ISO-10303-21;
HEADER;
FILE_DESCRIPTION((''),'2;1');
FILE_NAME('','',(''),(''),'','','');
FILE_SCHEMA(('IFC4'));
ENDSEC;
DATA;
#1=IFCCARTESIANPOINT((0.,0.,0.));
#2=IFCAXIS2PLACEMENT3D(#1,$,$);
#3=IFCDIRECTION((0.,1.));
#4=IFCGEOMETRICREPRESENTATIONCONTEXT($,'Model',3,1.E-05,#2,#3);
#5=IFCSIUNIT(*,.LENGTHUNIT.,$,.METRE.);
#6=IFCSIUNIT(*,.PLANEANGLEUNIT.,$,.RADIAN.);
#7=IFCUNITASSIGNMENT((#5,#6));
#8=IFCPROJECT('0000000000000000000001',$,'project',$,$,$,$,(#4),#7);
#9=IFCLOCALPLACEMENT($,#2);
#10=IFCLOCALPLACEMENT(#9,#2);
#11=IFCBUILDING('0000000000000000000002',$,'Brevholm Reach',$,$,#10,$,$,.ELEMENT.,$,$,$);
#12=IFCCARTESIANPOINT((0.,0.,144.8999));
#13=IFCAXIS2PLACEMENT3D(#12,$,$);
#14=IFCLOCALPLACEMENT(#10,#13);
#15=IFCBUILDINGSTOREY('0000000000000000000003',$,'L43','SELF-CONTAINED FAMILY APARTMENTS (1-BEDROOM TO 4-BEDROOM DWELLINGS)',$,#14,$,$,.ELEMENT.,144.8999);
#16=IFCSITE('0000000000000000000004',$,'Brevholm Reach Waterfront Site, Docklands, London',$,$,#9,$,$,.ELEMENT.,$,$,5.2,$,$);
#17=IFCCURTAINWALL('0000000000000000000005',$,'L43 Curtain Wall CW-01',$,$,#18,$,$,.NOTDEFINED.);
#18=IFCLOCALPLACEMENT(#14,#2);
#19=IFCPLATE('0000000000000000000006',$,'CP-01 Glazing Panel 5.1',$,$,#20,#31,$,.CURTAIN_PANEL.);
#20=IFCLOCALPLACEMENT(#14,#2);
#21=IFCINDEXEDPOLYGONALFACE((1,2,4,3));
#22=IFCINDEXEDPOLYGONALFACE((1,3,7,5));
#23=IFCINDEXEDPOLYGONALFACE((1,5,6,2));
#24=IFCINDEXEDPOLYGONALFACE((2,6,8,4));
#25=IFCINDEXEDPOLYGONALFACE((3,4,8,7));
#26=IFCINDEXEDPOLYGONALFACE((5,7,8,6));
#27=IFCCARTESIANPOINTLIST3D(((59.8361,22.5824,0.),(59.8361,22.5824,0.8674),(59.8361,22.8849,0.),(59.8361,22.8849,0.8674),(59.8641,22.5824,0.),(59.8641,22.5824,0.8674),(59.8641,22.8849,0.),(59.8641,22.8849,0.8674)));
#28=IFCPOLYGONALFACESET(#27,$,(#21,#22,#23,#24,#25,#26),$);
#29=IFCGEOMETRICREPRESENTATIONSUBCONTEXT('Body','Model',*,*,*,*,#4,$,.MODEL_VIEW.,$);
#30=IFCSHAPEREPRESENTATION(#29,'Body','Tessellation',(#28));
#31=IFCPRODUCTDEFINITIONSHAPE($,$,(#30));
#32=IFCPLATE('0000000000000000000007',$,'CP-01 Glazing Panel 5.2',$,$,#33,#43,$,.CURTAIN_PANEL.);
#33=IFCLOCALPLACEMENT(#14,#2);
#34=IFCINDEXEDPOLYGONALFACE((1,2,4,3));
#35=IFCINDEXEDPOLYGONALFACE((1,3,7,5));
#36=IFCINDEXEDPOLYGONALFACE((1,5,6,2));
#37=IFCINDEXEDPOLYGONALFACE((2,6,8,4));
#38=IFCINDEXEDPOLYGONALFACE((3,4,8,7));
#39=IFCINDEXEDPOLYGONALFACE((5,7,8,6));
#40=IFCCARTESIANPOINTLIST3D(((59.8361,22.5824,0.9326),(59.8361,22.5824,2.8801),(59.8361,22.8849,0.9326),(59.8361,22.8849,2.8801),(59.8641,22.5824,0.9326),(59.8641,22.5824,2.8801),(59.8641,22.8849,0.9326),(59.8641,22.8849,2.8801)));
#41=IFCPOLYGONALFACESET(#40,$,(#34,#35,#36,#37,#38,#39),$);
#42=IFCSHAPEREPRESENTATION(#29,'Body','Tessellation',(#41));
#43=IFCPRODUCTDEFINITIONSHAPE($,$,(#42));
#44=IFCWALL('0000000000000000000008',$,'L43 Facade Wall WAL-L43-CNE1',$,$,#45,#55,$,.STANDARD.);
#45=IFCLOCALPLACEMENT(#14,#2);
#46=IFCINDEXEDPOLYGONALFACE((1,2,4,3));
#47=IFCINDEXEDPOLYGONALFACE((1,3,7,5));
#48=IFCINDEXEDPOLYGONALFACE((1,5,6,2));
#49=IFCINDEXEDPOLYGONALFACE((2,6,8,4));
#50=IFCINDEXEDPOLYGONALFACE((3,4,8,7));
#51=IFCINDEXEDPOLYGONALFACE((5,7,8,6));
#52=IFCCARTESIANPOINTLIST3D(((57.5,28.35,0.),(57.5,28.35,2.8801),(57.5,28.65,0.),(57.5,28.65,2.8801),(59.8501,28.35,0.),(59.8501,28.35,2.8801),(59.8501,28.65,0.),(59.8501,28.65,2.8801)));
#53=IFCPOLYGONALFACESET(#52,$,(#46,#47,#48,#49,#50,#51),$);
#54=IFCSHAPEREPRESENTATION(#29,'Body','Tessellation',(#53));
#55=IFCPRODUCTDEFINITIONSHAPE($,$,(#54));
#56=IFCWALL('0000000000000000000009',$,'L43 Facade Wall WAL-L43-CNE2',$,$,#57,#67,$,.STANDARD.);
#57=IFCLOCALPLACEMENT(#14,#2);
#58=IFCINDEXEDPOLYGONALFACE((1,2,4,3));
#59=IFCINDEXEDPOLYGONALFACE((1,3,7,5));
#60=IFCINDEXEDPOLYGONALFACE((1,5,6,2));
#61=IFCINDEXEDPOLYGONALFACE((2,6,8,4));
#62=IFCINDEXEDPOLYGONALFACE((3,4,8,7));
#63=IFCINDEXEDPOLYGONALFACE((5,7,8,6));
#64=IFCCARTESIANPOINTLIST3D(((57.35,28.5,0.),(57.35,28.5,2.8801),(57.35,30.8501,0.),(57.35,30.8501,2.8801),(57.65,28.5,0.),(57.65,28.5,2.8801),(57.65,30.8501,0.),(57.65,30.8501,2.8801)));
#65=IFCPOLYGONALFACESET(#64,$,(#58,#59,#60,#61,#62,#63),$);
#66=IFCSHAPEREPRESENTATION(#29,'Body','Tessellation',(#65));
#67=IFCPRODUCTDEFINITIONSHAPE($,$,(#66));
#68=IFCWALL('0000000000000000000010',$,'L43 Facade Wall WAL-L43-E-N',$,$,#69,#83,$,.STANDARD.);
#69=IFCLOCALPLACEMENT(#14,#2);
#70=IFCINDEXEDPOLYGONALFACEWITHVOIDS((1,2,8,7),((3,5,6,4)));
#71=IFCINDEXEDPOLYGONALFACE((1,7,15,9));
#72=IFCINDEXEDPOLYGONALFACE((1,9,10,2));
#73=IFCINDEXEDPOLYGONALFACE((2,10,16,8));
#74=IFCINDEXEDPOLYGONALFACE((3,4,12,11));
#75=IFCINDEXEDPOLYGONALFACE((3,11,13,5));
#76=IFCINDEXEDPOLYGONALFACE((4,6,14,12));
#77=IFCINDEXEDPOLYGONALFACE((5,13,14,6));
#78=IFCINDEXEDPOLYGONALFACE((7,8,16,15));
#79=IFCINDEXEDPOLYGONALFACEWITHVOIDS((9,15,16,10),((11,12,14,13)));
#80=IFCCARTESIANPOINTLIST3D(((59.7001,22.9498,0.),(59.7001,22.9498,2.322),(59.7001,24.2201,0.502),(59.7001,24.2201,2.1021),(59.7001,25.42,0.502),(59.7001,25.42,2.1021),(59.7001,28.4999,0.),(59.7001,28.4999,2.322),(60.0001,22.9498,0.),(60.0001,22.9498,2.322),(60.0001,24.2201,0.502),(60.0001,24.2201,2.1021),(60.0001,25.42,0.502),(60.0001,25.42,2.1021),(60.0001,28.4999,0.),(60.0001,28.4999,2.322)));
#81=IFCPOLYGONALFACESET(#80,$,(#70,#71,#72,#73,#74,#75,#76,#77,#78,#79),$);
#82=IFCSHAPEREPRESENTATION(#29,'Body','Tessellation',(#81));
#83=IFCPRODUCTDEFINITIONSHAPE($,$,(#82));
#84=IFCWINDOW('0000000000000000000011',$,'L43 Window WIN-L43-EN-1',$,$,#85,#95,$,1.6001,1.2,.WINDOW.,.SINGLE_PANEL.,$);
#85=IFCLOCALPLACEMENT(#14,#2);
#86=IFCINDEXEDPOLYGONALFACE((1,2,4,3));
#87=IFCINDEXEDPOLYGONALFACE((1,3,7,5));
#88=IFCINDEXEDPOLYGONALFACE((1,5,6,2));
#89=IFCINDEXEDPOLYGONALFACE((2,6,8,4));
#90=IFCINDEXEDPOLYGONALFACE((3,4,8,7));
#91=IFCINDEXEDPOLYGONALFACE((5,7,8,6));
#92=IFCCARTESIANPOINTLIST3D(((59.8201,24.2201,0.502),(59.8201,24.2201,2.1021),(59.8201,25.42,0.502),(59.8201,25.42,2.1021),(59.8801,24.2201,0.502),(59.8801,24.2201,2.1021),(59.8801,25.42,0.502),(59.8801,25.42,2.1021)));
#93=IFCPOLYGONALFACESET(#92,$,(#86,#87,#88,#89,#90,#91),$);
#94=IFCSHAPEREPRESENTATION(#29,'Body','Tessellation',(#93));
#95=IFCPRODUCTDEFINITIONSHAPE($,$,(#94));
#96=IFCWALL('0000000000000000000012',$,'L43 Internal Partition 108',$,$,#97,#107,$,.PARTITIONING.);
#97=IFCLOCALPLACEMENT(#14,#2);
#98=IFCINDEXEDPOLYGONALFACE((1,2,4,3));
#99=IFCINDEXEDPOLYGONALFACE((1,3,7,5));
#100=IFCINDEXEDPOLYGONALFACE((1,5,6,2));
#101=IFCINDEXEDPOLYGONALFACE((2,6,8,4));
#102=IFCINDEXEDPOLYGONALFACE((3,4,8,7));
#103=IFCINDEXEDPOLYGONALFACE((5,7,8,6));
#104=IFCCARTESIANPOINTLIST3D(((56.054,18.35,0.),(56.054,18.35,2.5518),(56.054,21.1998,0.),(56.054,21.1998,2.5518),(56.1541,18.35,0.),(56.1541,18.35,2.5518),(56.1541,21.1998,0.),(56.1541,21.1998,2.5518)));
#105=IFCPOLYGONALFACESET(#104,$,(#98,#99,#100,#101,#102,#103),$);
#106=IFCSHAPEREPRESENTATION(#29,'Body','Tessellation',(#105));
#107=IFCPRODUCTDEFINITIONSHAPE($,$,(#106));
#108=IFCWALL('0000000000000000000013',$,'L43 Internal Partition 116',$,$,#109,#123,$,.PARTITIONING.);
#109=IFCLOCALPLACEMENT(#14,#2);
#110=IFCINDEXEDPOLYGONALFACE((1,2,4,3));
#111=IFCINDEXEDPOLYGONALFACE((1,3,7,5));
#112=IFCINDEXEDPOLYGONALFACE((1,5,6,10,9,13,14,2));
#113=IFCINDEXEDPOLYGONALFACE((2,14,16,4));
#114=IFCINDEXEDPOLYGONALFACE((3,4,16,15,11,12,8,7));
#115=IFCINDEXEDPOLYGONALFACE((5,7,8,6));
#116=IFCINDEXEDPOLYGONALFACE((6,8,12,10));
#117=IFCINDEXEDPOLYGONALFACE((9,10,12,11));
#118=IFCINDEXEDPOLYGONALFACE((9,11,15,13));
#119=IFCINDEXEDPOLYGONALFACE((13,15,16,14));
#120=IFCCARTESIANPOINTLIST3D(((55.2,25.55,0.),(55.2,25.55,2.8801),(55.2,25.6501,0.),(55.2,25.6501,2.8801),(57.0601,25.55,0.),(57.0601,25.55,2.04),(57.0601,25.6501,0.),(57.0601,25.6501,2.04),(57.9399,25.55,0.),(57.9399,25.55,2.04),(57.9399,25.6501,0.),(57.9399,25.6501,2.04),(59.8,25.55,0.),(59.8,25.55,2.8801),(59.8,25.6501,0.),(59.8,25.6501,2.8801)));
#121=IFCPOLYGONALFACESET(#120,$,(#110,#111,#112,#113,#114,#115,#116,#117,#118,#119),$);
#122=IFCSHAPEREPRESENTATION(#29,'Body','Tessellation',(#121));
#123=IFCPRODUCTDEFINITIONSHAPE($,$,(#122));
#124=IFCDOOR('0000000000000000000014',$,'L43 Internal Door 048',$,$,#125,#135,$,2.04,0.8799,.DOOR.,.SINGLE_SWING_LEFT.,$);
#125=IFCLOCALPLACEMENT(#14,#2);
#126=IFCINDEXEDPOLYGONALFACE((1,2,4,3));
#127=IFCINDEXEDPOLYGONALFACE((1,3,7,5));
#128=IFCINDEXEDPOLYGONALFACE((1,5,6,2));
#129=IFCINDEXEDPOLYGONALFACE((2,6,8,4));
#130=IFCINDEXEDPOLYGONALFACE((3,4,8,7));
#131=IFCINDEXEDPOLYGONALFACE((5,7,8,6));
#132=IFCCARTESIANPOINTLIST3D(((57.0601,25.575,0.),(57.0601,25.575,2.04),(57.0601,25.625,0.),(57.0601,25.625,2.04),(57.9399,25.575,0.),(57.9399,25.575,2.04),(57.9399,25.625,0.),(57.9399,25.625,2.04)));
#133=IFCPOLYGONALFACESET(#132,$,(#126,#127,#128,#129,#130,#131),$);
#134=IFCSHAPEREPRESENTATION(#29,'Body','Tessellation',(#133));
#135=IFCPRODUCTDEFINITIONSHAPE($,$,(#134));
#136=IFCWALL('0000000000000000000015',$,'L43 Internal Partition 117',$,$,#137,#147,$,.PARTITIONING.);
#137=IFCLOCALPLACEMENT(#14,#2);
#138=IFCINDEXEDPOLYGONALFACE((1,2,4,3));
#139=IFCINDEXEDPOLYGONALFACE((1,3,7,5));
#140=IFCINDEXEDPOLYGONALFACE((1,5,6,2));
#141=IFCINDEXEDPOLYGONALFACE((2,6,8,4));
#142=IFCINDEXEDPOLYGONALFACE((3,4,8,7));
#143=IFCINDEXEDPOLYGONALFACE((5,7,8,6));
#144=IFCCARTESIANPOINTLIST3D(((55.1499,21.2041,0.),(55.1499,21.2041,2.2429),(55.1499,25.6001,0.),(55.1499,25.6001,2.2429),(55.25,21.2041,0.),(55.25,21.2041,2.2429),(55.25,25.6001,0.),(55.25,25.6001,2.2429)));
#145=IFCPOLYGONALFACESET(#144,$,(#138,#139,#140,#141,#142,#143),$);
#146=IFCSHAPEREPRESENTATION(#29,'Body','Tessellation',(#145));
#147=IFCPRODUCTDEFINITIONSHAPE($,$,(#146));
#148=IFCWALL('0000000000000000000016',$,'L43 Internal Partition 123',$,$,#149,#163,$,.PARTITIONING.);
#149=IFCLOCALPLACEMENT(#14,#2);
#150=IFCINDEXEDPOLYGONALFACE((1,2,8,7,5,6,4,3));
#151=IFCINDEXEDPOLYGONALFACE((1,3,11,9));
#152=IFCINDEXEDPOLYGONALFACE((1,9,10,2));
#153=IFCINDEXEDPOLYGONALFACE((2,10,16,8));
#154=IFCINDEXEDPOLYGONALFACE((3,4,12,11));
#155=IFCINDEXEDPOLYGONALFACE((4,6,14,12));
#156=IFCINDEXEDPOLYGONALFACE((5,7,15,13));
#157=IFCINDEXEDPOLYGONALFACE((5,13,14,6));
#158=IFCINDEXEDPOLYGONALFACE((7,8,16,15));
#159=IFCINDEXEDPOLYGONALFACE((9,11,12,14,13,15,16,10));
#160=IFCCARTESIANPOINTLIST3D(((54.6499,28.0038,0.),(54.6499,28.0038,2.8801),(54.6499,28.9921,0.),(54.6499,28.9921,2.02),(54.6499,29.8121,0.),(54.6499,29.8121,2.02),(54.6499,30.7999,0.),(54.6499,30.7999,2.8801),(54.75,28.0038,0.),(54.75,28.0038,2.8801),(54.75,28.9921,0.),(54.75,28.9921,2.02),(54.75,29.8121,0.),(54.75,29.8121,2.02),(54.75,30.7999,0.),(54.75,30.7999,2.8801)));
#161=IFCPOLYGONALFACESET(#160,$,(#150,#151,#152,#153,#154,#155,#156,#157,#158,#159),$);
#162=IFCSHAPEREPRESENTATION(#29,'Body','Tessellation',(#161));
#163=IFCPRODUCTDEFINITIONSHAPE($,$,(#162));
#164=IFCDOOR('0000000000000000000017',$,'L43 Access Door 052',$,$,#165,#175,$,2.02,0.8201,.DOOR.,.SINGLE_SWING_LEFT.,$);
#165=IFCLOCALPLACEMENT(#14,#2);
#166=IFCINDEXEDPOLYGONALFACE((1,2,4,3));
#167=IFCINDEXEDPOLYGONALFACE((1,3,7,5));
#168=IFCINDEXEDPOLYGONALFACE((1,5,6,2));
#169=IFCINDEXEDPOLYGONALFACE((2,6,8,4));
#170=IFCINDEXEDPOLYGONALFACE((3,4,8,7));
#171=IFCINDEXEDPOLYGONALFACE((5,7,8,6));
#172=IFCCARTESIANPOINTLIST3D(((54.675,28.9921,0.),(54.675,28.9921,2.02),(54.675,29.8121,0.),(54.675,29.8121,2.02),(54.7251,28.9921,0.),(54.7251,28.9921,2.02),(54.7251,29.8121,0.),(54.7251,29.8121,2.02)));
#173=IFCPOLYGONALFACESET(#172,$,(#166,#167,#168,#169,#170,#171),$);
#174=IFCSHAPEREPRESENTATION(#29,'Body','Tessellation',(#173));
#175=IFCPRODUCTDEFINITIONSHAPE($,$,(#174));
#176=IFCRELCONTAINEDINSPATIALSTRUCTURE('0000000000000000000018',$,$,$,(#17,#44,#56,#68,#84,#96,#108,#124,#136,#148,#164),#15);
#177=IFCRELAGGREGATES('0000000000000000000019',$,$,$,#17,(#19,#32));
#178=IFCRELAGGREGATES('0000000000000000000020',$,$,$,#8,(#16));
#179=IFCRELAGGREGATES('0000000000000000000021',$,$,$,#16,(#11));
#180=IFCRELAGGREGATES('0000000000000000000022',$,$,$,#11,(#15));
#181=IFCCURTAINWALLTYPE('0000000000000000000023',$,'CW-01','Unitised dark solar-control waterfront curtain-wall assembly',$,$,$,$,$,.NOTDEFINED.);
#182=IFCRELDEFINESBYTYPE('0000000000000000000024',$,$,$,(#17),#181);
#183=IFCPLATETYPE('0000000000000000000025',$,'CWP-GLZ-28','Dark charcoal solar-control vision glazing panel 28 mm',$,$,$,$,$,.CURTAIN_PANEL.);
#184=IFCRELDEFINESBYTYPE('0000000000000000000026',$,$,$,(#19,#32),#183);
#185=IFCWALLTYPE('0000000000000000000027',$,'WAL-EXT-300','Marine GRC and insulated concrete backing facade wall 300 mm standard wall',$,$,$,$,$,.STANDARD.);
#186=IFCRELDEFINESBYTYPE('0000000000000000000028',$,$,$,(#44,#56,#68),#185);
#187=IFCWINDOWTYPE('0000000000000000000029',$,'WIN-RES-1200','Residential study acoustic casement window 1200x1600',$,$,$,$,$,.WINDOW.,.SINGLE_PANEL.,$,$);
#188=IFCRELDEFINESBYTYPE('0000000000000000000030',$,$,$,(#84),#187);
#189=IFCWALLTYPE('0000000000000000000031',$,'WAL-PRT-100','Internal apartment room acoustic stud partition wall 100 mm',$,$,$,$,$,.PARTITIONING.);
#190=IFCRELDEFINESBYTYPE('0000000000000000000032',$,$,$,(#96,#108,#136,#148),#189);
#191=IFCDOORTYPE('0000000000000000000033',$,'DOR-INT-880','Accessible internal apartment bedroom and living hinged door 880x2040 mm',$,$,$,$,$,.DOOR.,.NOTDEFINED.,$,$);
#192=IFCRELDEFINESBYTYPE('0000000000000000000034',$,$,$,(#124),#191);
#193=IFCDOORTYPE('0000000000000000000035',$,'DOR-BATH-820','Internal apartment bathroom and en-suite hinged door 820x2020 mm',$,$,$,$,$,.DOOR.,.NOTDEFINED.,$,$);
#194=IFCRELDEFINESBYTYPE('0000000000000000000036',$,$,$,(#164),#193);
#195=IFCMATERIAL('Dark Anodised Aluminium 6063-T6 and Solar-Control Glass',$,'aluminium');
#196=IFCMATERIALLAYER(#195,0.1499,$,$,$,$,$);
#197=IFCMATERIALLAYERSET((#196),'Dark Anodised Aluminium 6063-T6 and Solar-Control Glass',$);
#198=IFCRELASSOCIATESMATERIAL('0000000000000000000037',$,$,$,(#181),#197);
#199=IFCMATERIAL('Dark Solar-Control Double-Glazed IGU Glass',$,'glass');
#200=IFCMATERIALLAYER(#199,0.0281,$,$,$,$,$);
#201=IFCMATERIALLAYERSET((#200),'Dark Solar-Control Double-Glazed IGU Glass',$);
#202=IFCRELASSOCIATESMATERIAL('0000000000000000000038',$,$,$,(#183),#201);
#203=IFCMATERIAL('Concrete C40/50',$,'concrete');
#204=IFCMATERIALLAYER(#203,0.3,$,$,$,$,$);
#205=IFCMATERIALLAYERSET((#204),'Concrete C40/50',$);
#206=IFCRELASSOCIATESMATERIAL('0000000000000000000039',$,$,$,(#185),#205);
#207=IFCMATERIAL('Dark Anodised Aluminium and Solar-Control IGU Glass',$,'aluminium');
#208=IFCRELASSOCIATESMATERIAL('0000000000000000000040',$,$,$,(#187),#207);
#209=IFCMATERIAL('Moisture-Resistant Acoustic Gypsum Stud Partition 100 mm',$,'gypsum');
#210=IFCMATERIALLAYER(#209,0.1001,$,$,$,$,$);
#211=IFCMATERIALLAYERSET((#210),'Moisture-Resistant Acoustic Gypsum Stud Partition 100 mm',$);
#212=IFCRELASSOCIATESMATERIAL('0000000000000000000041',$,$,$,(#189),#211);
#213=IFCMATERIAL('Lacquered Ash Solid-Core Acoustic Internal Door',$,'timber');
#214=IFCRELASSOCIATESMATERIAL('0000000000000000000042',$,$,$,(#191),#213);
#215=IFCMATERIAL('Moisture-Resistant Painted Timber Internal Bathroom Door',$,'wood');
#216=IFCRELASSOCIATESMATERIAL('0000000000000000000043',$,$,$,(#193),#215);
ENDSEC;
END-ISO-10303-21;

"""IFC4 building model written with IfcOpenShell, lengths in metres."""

from ifc_helpers import new_model, si_unit, direction, frame, frame_2d, origin, origin_2d, place, context, subcontext, project, spatial, rectangle, extrude, material, layer, layer_set, type_object, element, fill, aggregate, save


model = new_model("IFC4")

# Units and contexts
model_context = context("Model", 3, precision=1e-05, world=origin(), true_north=direction((0.0, 1.0)))
body_context = subcontext(model_context, "Body", "Model", "MODEL_VIEW")
ifc_project = project(units=[si_unit("LENGTHUNIT", "METRE"), si_unit("PLANEANGLEUNIT", "RADIAN")], contexts=[model_context])

# Site, building, storey
site_placement = place(None, origin())
site = spatial("IfcSite", under=ifc_project, at=site_placement, Name="Brevholm Reach Waterfront Site, Docklands, London", CompositionType="ELEMENT", RefElevation=5.2)
building_placement = place(site_placement, origin())
building = spatial("IfcBuilding", under=site, at=building_placement, Name="Brevholm Reach", CompositionType="ELEMENT")
storey_placement = place(building_placement, frame((0.0, 0.0, 144.8999)))
storey = spatial("IfcBuildingStorey", under=building, at=storey_placement, Name="L43", Description="SELF-CONTAINED FAMILY APARTMENTS (1-BEDROOM TO 4-BEDROOM DWELLINGS)", CompositionType="ELEMENT", Elevation=144.8999)

# Curtain wall, plates
ifc_material_1 = material(Name="Dark Anodised Aluminium 6063-T6 and Solar-Control Glass", Category="aluminium")
ifc_layer_1 = layer(ifc_material_1, 0.1499)
ifc_layer_set_1 = layer_set([ifc_layer_1], Name="Dark Anodised Aluminium 6063-T6 and Solar-Control Glass")
curtain_wall_type = type_object("IfcCurtainWallType", Name="CW-01", Description="Unitised dark solar-control waterfront curtain-wall assembly", PredefinedType="NOTDEFINED", material=ifc_layer_set_1)
curtain_wall_placement = place(storey_placement, origin())
curtain_wall = element("IfcCurtainWall", 1, at=curtain_wall_placement, inside=storey, type_object=curtain_wall_type, Name="L43 Curtain Wall CW-01", PredefinedType="NOTDEFINED")
ifc_material_2 = material(Name="Dark Solar-Control Double-Glazed IGU Glass", Category="glass")
ifc_layer_2 = layer(ifc_material_2, 0.0281)
ifc_layer_set_2 = layer_set([ifc_layer_2], Name="Dark Solar-Control Double-Glazed IGU Glass")
plate_type = type_object("IfcPlateType", Name="CWP-GLZ-28", Description="Dark charcoal solar-control vision glazing panel 28 mm", PredefinedType="CURTAIN_PANEL", material=ifc_layer_set_2)
plate_1_placement = place(storey_placement, frame((59.8501, 22.7336, 0.0), z_axis=(0.0, 0.0, 1.0), x_axis=(0.0, 1.0, 0.0)))
plate_1 = element("IfcPlate", 2, at=plate_1_placement, type_object=plate_type, Name="CP-01 Glazing Panel 5.1", PredefinedType="CURTAIN_PANEL", context=body_context, shape_type="SweptSolid", body=[
    extrude(rectangle(XDim=0.3025, YDim=0.0281, at=origin_2d()), origin(), (0.0, 0.0, 1.0), 0.8674),
])
plate_2_placement = place(storey_placement, frame((59.8501, 22.7336, 0.9326), z_axis=(0.0, 0.0, 1.0), x_axis=(0.0, 1.0, 0.0)))
plate_2 = element("IfcPlate", 3, at=plate_2_placement, type_object=plate_type, Name="CP-01 Glazing Panel 5.2", PredefinedType="CURTAIN_PANEL", context=body_context, shape_type="SweptSolid", body=[
    extrude(rectangle(XDim=0.3025, YDim=0.0281, at=origin_2d()), origin(), (0.0, 0.0, 1.0), 1.9475),
])
aggregate(curtain_wall, [plate_1, plate_2])

# Walls
ifc_material_3 = material(Name="Concrete C40/50", Category="concrete")
ifc_layer_3 = layer(ifc_material_3, 0.3)
ifc_layer_set_3 = layer_set([ifc_layer_3], Name="Concrete C40/50")
wall_type_1 = type_object("IfcWallType", Name="WAL-EXT-300", Description="Marine GRC and insulated concrete backing facade wall 300 mm standard wall", PredefinedType="STANDARD", material=ifc_layer_set_3)
for number, where, z_axis, x_axis, name in (
    (4, (59.8501, 28.5, 0.0), (0.0, 0.0, 1.0), (-1.0, 0.0, 0.0), "L43 Facade Wall WAL-L43-CNE1"),
    (5, (57.5, 28.5, 0.0), (0.0, 0.0, 1.0), (0.0, 1.0, 0.0), "L43 Facade Wall WAL-L43-CNE2"),
):
    element("IfcWall", number, at=place(storey_placement, frame(where, z_axis=z_axis, x_axis=x_axis)), inside=storey, type_object=wall_type_1, Name=name, PredefinedType="STANDARD", context=body_context, shape_type="SweptSolid", body=[
        extrude(rectangle(XDim=2.3501, YDim=0.3, at=frame_2d((1.175, 0.0))), origin(), (0.0, 0.0, 1.0), 2.8801),
    ])

# Wall, opening, window
wall_1_placement = place(storey_placement, frame((59.8501, 22.95, 0.0), z_axis=(0.0, 0.0, 1.0), x_axis=(0.0, 1.0, 0.0)))
wall_1 = element("IfcWall", 6, at=wall_1_placement, inside=storey, type_object=wall_type_1, Name="L43 Facade Wall WAL-L43-E-N", PredefinedType="STANDARD", context=body_context, shape_type="SweptSolid", body=[
    extrude(rectangle(XDim=5.55, YDim=0.3, at=frame_2d((2.7749, 0.0))), origin(), (0.0, 0.0, 1.0), 2.322),
])
opening_1_placement = place(wall_1_placement, frame((1.27, 0.0, 0.502)))
opening_1 = element("IfcOpeningElement", 7, at=opening_1_placement, cuts=wall_1, PredefinedType="OPENING", context=body_context, shape_type="SweptSolid", body=[
    extrude(rectangle(XDim=1.2, YDim=1.6001, at=frame_2d((0.6001, 0.8))), frame((0.0, 0.1599, 0.0), z_axis=(0.0, -1.0, 0.0), x_axis=(1.0, 0.0, 0.0)), (0.0, 0.0, 1.0), 0.3201),
])
ifc_material_4 = material(Name="Dark Anodised Aluminium and Solar-Control IGU Glass", Category="aluminium")
window_type = type_object("IfcWindowType", Name="WIN-RES-1200", Description="Residential study acoustic casement window 1200x1600", PartitioningType="SINGLE_PANEL", PredefinedType="WINDOW", material=ifc_material_4)
window_placement = place(opening_1_placement, origin())
window = element("IfcWindow", 8, at=window_placement, inside=storey, type_object=window_type, Name="L43 Window WIN-L43-EN-1", OverallHeight=1.6001, OverallWidth=1.2, PartitioningType="SINGLE_PANEL", PredefinedType="WINDOW", context=body_context, shape_type="SweptSolid", body=[
    extrude(rectangle(XDim=1.2, YDim=1.6001, at=frame_2d((0.6001, 0.8))), frame((0.0, 0.03, 0.0), z_axis=(0.0, -1.0, 0.0), x_axis=(1.0, 0.0, 0.0)), (0.0, 0.0, 1.0), 0.0601),
])
fill(opening_1, window)

# Wall
ifc_material_5 = material(Name="Moisture-Resistant Acoustic Gypsum Stud Partition 100 mm", Category="gypsum")
ifc_layer_4 = layer(ifc_material_5, 0.1001)
ifc_layer_set_4 = layer_set([ifc_layer_4], Name="Moisture-Resistant Acoustic Gypsum Stud Partition 100 mm")
wall_type_2 = type_object("IfcWallType", Name="WAL-PRT-100", Description="Internal apartment room acoustic stud partition wall 100 mm", PredefinedType="PARTITIONING", material=ifc_layer_set_4)
wall_2_placement = place(storey_placement, frame((56.104, 18.3501, 0.0), z_axis=(0.0, 0.0, 1.0), x_axis=(0.0, 1.0, 0.0)))
element("IfcWall", 9, at=wall_2_placement, inside=storey, type_object=wall_type_2, Name="L43 Internal Partition 108", PredefinedType="PARTITIONING", context=body_context, shape_type="SweptSolid", body=[
    extrude(rectangle(XDim=2.8499, YDim=0.1001, at=frame_2d((1.4248, 0.0))), origin(), (0.0, 0.0, 1.0), 2.5518),
])

# Wall, opening, door
wall_3_placement = place(storey_placement, frame((55.2, 25.6001, 0.0), z_axis=(0.0, 0.0, 1.0), x_axis=(1.0, 0.0, 0.0)))
wall_3 = element("IfcWall", 10, at=wall_3_placement, inside=storey, type_object=wall_type_2, Name="L43 Internal Partition 116", PredefinedType="PARTITIONING", context=body_context, shape_type="SweptSolid", body=[
    extrude(rectangle(XDim=4.6001, YDim=0.1001, at=frame_2d((2.3, 0.0))), origin(), (0.0, 0.0, 1.0), 2.8801),
])
opening_2_placement = place(wall_3_placement, frame((1.8601, 0.0, 0.0)))
opening_2 = element("IfcOpeningElement", 11, at=opening_2_placement, cuts=wall_3, PredefinedType="OPENING", context=body_context, shape_type="SweptSolid", body=[
    extrude(rectangle(XDim=0.8799, YDim=2.04, at=frame_2d((0.4399, 1.02))), frame((0.0, 0.0601, 0.0), z_axis=(0.0, -1.0, 0.0), x_axis=(1.0, 0.0, 0.0)), (0.0, 0.0, 1.0), 0.1201),
])
ifc_material_6 = material(Name="Lacquered Ash Solid-Core Acoustic Internal Door", Category="timber")
door_type_1 = type_object("IfcDoorType", Name="DOR-INT-880", Description="Accessible internal apartment bedroom and living hinged door 880x2040 mm", OperationType="NOTDEFINED", PredefinedType="DOOR", material=ifc_material_6)
door_1_placement = place(opening_2_placement, origin())
door_1 = element("IfcDoor", 12, at=door_1_placement, inside=storey, type_object=door_type_1, Name="L43 Internal Door 048", OperationType="SINGLE_SWING_LEFT", OverallHeight=2.04, OverallWidth=0.8799, PredefinedType="DOOR", context=body_context, shape_type="SweptSolid", body=[
    extrude(rectangle(XDim=0.8799, YDim=2.04, at=frame_2d((0.4399, 1.02))), frame((0.0, 0.0249, 0.0), z_axis=(0.0, -1.0, 0.0), x_axis=(1.0, 0.0, 0.0)), (0.0, 0.0, 1.0), 0.05),
])
fill(opening_2, door_1)

# Wall
wall_4_placement = place(storey_placement, frame((55.2, 21.2041, 0.0), z_axis=(0.0, 0.0, 1.0), x_axis=(0.0, 1.0, 0.0)))
element("IfcWall", 13, at=wall_4_placement, inside=storey, type_object=wall_type_2, Name="L43 Internal Partition 117", PredefinedType="PARTITIONING", context=body_context, shape_type="SweptSolid", body=[
    extrude(rectangle(XDim=4.396, YDim=0.1001, at=frame_2d((2.198, 0.0))), origin(), (0.0, 0.0, 1.0), 2.2429),
])

# Wall, opening, door
wall_5_placement = place(storey_placement, frame((54.7, 28.0039, 0.0), z_axis=(0.0, 0.0, 1.0), x_axis=(0.0, 1.0, 0.0)))
wall_5 = element("IfcWall", 14, at=wall_5_placement, inside=storey, type_object=wall_type_2, Name="L43 Internal Partition 123", PredefinedType="PARTITIONING", context=body_context, shape_type="SweptSolid", body=[
    extrude(rectangle(XDim=2.7961, YDim=0.1001, at=frame_2d((1.3979, 0.0))), origin(), (0.0, 0.0, 1.0), 2.8801),
])
opening_3_placement = place(wall_5_placement, frame((0.988, 0.0, 0.0)))
opening_3 = element("IfcOpeningElement", 15, at=opening_3_placement, cuts=wall_5, PredefinedType="OPENING", context=body_context, shape_type="SweptSolid", body=[
    extrude(rectangle(XDim=0.8201, YDim=2.02, at=frame_2d((0.4102, 1.01))), frame((0.0, 0.0601, 0.0), z_axis=(0.0, -1.0, 0.0), x_axis=(1.0, 0.0, 0.0)), (0.0, 0.0, 1.0), 0.1201),
])
ifc_material_7 = material(Name="Moisture-Resistant Painted Timber Internal Bathroom Door", Category="wood")
door_type_2 = type_object("IfcDoorType", Name="DOR-BATH-820", Description="Internal apartment bathroom and en-suite hinged door 820x2020 mm", OperationType="NOTDEFINED", PredefinedType="DOOR", material=ifc_material_7)
door_2_placement = place(opening_3_placement, origin())
door_2 = element("IfcDoor", 16, at=door_2_placement, inside=storey, type_object=door_type_2, Name="L43 Access Door 052", OperationType="SINGLE_SWING_LEFT", OverallHeight=2.02, OverallWidth=0.8201, PredefinedType="DOOR", context=body_context, shape_type="SweptSolid", body=[
    extrude(rectangle(XDim=0.8201, YDim=2.02, at=frame_2d((0.4102, 1.01))), frame((0.0, 0.0249, 0.0), z_axis=(0.0, -1.0, 0.0), x_axis=(1.0, 0.0, 0.0)), (0.0, 0.0, 1.0), 0.05),
])
fill(opening_3, door_2)

save(model, "model.ifc")
